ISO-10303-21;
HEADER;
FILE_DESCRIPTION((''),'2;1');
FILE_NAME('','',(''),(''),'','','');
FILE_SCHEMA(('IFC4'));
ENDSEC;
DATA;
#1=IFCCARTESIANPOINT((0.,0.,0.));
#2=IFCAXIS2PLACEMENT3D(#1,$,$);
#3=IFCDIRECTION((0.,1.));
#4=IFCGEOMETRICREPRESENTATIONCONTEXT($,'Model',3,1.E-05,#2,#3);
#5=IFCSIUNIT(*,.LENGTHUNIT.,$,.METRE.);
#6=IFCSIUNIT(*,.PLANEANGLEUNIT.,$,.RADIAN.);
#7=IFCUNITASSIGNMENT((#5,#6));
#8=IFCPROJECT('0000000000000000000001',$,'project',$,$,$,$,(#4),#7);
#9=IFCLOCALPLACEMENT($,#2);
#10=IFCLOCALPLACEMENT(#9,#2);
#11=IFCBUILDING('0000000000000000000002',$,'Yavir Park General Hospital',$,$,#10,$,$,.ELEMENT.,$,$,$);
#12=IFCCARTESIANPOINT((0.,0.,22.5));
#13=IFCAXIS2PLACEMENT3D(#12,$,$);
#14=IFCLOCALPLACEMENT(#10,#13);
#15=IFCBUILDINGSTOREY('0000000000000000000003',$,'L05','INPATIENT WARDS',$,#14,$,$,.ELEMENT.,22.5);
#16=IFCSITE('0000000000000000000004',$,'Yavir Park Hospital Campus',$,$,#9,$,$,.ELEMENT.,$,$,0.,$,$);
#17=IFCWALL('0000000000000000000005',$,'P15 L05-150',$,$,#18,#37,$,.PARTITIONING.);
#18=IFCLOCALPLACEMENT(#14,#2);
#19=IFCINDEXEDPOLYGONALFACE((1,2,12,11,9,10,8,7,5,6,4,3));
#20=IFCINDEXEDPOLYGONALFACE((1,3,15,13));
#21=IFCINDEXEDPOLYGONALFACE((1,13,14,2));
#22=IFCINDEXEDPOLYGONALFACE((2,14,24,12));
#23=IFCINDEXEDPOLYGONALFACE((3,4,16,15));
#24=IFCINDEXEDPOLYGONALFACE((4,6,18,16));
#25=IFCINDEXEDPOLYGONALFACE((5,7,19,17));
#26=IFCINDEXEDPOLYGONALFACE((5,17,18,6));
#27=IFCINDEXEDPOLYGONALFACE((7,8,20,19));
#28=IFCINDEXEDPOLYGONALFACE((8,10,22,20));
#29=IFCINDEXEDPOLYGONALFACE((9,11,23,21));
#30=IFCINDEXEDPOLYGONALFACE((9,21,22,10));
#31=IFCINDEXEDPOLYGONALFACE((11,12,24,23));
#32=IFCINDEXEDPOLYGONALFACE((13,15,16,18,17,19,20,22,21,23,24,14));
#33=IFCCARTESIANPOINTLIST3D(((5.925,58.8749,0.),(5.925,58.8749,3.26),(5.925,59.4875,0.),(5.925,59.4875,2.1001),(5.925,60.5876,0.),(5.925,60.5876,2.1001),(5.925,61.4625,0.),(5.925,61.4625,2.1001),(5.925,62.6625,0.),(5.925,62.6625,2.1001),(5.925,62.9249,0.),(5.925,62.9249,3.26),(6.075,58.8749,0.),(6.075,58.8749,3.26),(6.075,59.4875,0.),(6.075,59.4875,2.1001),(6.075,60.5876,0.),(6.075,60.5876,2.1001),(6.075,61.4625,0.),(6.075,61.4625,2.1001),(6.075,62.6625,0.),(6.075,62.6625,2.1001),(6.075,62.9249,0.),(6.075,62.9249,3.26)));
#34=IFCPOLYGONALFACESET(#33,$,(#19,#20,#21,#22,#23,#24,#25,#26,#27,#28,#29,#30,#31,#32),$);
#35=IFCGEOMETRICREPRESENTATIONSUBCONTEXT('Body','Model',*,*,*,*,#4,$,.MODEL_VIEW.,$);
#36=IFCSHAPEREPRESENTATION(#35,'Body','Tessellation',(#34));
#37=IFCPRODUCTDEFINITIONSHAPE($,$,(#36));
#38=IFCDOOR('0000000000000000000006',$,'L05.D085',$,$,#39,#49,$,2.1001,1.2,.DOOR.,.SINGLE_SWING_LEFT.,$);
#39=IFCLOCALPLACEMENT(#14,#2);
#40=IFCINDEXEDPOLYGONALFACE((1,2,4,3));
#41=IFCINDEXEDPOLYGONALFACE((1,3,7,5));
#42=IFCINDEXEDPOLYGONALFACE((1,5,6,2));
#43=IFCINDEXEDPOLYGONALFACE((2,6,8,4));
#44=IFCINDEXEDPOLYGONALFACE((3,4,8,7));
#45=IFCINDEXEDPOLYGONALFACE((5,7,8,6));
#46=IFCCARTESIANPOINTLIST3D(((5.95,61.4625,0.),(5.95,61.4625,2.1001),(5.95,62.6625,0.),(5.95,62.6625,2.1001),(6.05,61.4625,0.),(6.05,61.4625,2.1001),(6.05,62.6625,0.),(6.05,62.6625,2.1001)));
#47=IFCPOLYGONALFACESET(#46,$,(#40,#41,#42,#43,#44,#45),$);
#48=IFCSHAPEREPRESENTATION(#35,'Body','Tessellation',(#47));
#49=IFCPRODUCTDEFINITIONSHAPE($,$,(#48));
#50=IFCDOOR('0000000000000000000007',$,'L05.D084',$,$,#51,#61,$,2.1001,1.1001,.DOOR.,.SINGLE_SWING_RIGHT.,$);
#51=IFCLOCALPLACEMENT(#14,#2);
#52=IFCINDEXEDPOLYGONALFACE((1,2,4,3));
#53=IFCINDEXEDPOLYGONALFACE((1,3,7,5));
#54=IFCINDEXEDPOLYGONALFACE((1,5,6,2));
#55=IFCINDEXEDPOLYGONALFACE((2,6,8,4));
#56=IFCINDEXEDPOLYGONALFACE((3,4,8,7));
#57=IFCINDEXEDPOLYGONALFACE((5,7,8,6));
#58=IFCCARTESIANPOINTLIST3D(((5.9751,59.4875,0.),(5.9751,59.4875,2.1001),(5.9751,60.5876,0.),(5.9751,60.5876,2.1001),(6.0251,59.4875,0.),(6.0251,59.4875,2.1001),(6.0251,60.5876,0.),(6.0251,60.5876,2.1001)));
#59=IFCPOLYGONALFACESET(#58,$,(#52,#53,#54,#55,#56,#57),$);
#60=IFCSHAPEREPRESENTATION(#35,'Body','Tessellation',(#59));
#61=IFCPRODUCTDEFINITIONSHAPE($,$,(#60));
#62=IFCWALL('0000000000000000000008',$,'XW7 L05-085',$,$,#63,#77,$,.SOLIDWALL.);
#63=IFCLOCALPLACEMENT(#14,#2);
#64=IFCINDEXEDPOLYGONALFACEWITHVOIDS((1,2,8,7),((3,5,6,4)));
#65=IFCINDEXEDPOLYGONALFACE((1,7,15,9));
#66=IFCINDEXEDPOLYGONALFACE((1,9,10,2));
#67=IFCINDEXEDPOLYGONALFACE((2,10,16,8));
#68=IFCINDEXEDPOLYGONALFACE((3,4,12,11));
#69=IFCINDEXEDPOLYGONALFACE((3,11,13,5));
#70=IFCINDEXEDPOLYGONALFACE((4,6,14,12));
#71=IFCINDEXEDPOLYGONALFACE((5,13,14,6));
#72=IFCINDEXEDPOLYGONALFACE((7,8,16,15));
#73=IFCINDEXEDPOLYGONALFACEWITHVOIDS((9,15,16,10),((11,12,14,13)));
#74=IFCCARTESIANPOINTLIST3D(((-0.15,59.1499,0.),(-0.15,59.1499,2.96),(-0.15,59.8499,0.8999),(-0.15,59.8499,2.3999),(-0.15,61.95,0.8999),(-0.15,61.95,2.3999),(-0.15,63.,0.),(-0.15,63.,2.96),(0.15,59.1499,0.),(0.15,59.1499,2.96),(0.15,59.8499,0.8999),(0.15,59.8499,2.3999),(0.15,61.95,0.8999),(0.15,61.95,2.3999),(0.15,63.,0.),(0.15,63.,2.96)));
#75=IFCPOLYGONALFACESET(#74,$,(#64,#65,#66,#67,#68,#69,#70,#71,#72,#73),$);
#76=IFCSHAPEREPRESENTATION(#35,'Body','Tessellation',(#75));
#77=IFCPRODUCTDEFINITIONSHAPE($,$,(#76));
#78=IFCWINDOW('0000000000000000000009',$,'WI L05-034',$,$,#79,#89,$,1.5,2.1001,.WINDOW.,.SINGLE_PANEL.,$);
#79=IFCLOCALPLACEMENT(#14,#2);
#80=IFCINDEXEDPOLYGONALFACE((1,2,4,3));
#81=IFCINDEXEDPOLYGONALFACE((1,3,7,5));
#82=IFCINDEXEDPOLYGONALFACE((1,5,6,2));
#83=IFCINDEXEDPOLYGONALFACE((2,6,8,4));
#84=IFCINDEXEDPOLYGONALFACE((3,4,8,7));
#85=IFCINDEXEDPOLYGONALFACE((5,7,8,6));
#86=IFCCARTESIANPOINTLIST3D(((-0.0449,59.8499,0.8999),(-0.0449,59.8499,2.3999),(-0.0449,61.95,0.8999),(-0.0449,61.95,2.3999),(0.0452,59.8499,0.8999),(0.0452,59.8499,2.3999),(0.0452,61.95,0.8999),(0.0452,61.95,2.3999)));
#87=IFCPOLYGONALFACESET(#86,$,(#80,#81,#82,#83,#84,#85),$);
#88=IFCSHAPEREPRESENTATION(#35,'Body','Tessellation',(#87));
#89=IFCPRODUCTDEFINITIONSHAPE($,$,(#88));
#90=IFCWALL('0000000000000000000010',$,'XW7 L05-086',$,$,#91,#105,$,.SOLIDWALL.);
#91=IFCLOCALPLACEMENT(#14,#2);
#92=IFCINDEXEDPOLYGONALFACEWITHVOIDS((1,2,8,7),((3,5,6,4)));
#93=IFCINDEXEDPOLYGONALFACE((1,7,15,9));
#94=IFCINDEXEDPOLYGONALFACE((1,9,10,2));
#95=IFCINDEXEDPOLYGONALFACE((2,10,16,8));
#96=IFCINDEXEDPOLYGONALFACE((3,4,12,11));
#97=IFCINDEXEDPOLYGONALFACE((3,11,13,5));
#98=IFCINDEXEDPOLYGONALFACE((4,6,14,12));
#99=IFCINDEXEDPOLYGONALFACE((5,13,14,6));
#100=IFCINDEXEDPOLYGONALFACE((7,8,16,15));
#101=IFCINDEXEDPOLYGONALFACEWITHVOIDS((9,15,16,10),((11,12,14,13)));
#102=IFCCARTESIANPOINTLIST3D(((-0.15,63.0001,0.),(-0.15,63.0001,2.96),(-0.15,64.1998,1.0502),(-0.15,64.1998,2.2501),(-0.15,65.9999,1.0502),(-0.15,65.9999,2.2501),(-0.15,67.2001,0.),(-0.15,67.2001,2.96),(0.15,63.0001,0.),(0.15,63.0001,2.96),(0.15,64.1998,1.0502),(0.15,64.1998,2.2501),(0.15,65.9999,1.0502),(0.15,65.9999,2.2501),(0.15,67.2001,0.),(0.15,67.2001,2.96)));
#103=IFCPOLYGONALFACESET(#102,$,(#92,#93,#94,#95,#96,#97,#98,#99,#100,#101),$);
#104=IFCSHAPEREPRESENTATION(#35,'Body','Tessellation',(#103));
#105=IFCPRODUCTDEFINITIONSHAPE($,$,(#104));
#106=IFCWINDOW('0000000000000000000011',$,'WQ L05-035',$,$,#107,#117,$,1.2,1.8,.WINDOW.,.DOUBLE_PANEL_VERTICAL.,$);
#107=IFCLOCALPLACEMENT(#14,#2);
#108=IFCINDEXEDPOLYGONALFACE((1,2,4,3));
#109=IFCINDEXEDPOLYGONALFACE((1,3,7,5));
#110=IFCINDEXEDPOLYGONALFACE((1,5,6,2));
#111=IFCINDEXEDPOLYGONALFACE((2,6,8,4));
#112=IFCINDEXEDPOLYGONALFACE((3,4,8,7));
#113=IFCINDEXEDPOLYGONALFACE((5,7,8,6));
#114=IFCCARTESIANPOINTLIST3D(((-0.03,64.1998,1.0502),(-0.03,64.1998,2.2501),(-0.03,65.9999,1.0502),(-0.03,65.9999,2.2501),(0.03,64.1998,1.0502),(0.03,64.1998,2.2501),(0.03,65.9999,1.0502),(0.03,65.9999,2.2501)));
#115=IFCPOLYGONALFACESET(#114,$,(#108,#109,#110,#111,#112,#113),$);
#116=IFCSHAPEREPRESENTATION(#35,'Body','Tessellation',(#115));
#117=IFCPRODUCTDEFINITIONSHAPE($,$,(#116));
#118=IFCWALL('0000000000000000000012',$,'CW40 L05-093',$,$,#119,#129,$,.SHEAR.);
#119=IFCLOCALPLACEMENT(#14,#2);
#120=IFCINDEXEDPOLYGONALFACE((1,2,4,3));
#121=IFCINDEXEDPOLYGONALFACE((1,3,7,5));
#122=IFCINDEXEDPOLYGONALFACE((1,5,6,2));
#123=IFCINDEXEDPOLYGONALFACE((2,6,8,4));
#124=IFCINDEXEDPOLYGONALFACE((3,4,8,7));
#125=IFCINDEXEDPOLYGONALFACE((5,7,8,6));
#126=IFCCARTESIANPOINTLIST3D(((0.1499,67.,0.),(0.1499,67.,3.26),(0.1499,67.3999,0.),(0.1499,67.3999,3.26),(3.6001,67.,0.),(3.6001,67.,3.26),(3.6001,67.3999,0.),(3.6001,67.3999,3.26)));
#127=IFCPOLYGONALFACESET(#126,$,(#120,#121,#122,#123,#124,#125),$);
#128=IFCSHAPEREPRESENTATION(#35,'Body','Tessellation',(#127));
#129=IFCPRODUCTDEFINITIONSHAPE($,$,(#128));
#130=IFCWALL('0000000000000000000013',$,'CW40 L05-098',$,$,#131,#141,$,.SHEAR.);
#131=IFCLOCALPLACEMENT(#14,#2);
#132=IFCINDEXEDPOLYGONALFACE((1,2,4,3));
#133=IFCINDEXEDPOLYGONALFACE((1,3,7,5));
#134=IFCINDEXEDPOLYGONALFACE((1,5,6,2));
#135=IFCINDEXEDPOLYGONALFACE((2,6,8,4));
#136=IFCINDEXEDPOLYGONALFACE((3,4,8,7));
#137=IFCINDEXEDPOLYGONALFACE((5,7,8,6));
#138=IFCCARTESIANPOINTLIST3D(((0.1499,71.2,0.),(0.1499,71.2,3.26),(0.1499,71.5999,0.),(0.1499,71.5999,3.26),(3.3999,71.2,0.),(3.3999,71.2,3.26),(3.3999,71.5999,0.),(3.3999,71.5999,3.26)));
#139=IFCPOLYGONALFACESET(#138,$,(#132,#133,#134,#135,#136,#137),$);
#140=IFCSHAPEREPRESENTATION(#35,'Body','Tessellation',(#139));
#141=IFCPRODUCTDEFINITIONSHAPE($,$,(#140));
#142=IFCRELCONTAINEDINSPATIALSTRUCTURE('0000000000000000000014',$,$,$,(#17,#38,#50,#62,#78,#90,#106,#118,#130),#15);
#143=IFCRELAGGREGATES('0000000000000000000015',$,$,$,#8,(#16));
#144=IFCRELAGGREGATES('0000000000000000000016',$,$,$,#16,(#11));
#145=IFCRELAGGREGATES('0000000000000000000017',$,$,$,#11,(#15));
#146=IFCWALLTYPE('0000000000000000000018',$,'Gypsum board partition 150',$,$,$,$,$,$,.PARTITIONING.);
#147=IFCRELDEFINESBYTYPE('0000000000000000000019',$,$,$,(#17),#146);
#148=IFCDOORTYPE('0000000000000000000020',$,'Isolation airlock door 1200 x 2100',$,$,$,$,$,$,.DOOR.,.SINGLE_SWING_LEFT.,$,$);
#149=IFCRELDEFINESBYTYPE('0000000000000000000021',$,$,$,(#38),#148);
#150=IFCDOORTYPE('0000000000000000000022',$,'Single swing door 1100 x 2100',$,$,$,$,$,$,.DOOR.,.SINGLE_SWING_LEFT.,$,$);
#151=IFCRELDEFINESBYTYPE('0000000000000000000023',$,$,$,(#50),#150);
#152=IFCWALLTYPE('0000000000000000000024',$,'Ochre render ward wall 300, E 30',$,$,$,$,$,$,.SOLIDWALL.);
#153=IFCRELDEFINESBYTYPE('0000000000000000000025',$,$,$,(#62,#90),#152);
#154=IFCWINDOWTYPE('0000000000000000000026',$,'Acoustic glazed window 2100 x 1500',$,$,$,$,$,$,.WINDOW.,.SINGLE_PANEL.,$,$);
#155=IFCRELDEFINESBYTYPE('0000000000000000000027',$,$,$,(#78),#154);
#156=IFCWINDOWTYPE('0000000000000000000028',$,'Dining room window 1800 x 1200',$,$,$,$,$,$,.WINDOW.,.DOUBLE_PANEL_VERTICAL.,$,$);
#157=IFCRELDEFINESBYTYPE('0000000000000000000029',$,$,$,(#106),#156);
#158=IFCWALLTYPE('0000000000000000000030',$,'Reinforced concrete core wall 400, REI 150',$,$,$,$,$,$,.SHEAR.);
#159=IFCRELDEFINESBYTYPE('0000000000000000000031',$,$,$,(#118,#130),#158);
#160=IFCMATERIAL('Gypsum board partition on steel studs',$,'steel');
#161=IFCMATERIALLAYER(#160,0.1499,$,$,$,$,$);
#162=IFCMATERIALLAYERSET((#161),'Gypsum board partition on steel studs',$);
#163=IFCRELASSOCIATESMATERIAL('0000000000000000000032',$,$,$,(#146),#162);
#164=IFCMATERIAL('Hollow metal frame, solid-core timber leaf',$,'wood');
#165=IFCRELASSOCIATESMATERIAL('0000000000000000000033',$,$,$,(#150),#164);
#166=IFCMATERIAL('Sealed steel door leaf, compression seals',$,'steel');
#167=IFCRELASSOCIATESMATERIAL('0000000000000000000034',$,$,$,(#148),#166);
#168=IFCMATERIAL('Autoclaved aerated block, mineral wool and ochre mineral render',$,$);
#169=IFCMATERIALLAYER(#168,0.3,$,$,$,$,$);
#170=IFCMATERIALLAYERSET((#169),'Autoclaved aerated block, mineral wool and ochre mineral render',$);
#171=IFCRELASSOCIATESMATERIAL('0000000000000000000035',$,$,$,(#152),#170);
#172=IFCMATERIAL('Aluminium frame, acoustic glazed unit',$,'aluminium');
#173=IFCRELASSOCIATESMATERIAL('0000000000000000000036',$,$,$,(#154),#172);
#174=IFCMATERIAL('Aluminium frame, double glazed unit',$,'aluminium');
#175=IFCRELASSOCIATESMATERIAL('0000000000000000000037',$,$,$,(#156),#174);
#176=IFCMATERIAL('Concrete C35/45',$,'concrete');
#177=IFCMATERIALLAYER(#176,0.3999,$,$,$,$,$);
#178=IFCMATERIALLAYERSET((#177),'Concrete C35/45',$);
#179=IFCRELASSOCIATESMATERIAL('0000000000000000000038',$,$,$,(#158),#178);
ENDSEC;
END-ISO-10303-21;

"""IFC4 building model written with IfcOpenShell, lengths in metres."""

from ifc_helpers import new_model, si_unit, direction, frame, frame_2d, origin, place, context, subcontext, project, spatial, rectangle, extrude, material, layer, layer_set, type_object, element, fill, save


model = new_model("IFC4")

# Units and contexts
model_context = context("Model", 3, precision=1e-05, world=origin(), true_north=direction((0.0, 1.0)))
body_context = subcontext(model_context, "Body", "Model", "MODEL_VIEW")
ifc_project = project(units=[si_unit("LENGTHUNIT", "METRE"), si_unit("PLANEANGLEUNIT", "RADIAN")], contexts=[model_context])

# Site, building, storey
site_placement = place(None, origin())
site = spatial("IfcSite", under=ifc_project, at=site_placement, Name="Yavir Park Hospital Campus", CompositionType="ELEMENT", RefElevation=0.0)
building_placement = place(site_placement, origin())
building = spatial("IfcBuilding", under=site, at=building_placement, Name="Yavir Park General Hospital", CompositionType="ELEMENT")
storey_placement = place(building_placement, frame((0.0, 0.0, 22.5)))
storey = spatial("IfcBuildingStorey", under=building, at=storey_placement, Name="L05", Description="INPATIENT WARDS", CompositionType="ELEMENT", Elevation=22.5)

# Shared definitions
ifc_material_1 = material(Name="Gypsum board partition on steel studs", Category="steel")
ifc_layer_1 = layer(ifc_material_1, 0.1499)
ifc_layer_set_1 = layer_set([ifc_layer_1], Name="Gypsum board partition on steel studs")
wall_type_1 = type_object("IfcWallType", Name="Gypsum board partition 150", PredefinedType="PARTITIONING", material=ifc_layer_set_1)

# Shared definitions
ifc_material_2 = material(Name="Hollow metal frame, solid-core timber leaf", Category="wood")
door_type_1 = type_object("IfcDoorType", Name="Single swing door 1100 x 2100", OperationType="SINGLE_SWING_LEFT", PredefinedType="DOOR", material=ifc_material_2)

# Wall, openings, doors
wall_1_placement = place(storey_placement, frame((6.0, 58.875, 0.0), z_axis=(0.0, 0.0, 1.0), x_axis=(0.0, 1.0, 0.0)))
wall_1 = element("IfcWall", 1, at=wall_1_placement, inside=storey, type_object=wall_type_1, Name="P15 L05-150", PredefinedType="PARTITIONING", context=body_context, shape_type="SweptSolid", body=[
    extrude(rectangle(XDim=4.05, YDim=0.1499, at=frame_2d((2.0249, 0.0))), origin(), (0.0, 0.0, 1.0), 3.26),
])
opening_1_placement = place(wall_1_placement, frame((0.6125, 0.0, 0.0)))
opening_1 = element("IfcOpeningElement", 2, at=opening_1_placement, cuts=wall_1, PredefinedType="OPENING", context=body_context, shape_type="SweptSolid", body=[
    extrude(rectangle(XDim=1.1001, YDim=2.1001, at=frame_2d((0.55, 1.05))), frame((0.0, 0.085, 0.0), z_axis=(0.0, -1.0, 0.0), x_axis=(1.0, 0.0, 0.0)), (0.0, 0.0, 1.0), 0.1699),
])
opening_2_placement = place(wall_1_placement, frame((2.5874, 0.0, 0.0)))
opening_2 = element("IfcOpeningElement", 3, at=opening_2_placement, cuts=wall_1, PredefinedType="OPENING", context=body_context, shape_type="SweptSolid", body=[
    extrude(rectangle(XDim=1.2, YDim=2.1001, at=frame_2d((0.6001, 1.05))), frame((0.0, 0.085, 0.0), z_axis=(0.0, -1.0, 0.0), x_axis=(1.0, 0.0, 0.0)), (0.0, 0.0, 1.0), 0.1699),
])
ifc_material_3 = material(Name="Sealed steel door leaf, compression seals", Category="steel")
door_type_2 = type_object("IfcDoorType", Name="Isolation airlock door 1200 x 2100", OperationType="SINGLE_SWING_LEFT", PredefinedType="DOOR", material=ifc_material_3)
door_1_placement = place(opening_2_placement, origin())
door_1 = element("IfcDoor", 4, at=door_1_placement, inside=storey, type_object=door_type_2, Name="L05.D085", OperationType="SINGLE_SWING_LEFT", OverallHeight=2.1001, OverallWidth=1.2, PredefinedType="DOOR", context=body_context, shape_type="SweptSolid", body=[
    extrude(rectangle(XDim=1.2, YDim=2.1001, at=frame_2d((0.6001, 1.05))), frame((0.0, 0.05, 0.0), z_axis=(0.0, -1.0, 0.0), x_axis=(1.0, 0.0, 0.0)), (0.0, 0.0, 1.0), 0.1001),
])
fill(opening_2, door_1)
door_2_placement = place(opening_1_placement, origin())
door_2 = element("IfcDoor", 5, at=door_2_placement, inside=storey, type_object=door_type_1, Name="L05.D084", OperationType="SINGLE_SWING_RIGHT", OverallHeight=2.1001, OverallWidth=1.1001, PredefinedType="DOOR", context=body_context, shape_type="SweptSolid", body=[
    extrude(rectangle(XDim=1.1001, YDim=2.1001, at=frame_2d((0.55, 1.05))), frame((0.0, 0.0249, 0.0), z_axis=(0.0, -1.0, 0.0), x_axis=(1.0, 0.0, 0.0)), (0.0, 0.0, 1.0), 0.05),
])
fill(opening_1, door_2)

# Walls, openings, windows
ifc_material_4 = material(Name="Autoclaved aerated block, mineral wool and ochre mineral render")
ifc_layer_2 = layer(ifc_material_4, 0.3)
ifc_layer_set_2 = layer_set([ifc_layer_2], Name="Autoclaved aerated block, mineral wool and ochre mineral render")
wall_type_2 = type_object("IfcWallType", Name="Ochre render ward wall 300, E 30", PredefinedType="SOLIDWALL", material=ifc_layer_set_2)
wall_2_placement = place(storey_placement, frame((0.0, 59.1499, 0.0), z_axis=(0.0, 0.0, 1.0), x_axis=(0.0, 1.0, 0.0)))
wall_2 = element("IfcWall", 6, at=wall_2_placement, inside=storey, type_object=wall_type_2, Name="XW7 L05-085", PredefinedType="SOLIDWALL", context=body_context, shape_type="SweptSolid", body=[
    extrude(rectangle(XDim=3.8501, YDim=0.3, at=frame_2d((1.925, 0.0))), origin(), (0.0, 0.0, 1.0), 2.96),
])
opening_3_placement = place(wall_2_placement, frame((0.7, 0.0, 0.8999)))
opening_3 = element("IfcOpeningElement", 7, at=opening_3_placement, cuts=wall_2, PredefinedType="OPENING", context=body_context, shape_type="SweptSolid", body=[
    extrude(rectangle(XDim=2.1001, YDim=1.5, at=frame_2d((1.05, 0.75))), frame((0.0, 0.1599, 0.0), z_axis=(0.0, -1.0, 0.0), x_axis=(1.0, 0.0, 0.0)), (0.0, 0.0, 1.0), 0.3201),
])
ifc_material_5 = material(Name="Aluminium frame, acoustic glazed unit", Category="aluminium")
window_type_1 = type_object("IfcWindowType", Name="Acoustic glazed window 2100 x 1500", PartitioningType="SINGLE_PANEL", PredefinedType="WINDOW", material=ifc_material_5)
window_1_placement = place(opening_3_placement, origin())
window_1 = element("IfcWindow", 8, at=window_1_placement, inside=storey, type_object=window_type_1, Name="WI L05-034", OverallHeight=1.5, OverallWidth=2.1001, PartitioningType="SINGLE_PANEL", PredefinedType="WINDOW", context=body_context, shape_type="SweptSolid", body=[
    extrude(rectangle(XDim=2.1001, YDim=1.5, at=frame_2d((1.05, 0.75))), frame((0.0, 0.0449, 0.0), z_axis=(0.0, -1.0, 0.0), x_axis=(1.0, 0.0, 0.0)), (0.0, 0.0, 1.0), 0.0901),
])
fill(opening_3, window_1)
wall_3_placement = place(storey_placement, frame((0.0, 63.0, 0.0), z_axis=(0.0, 0.0, 1.0), x_axis=(0.0, 1.0, 0.0)))
wall_3 = element("IfcWall", 9, at=wall_3_placement, inside=storey, type_object=wall_type_2, Name="XW7 L05-086", PredefinedType="SOLIDWALL", context=body_context, shape_type="SweptSolid", body=[
    extrude(rectangle(XDim=4.2, YDim=0.3, at=frame_2d((2.1001, 0.0))), origin(), (0.0, 0.0, 1.0), 2.96),
])
opening_4_placement = place(wall_3_placement, frame((1.2, 0.0, 1.05)))
opening_4 = element("IfcOpeningElement", 10, at=opening_4_placement, cuts=wall_3, PredefinedType="OPENING", context=body_context, shape_type="SweptSolid", body=[
    extrude(rectangle(XDim=1.8, YDim=1.2, at=frame_2d((0.8999, 0.6001))), frame((0.0, 0.1599, 0.0), z_axis=(0.0, -1.0, 0.0), x_axis=(1.0, 0.0, 0.0)), (0.0, 0.0, 1.0), 0.3201),
])
ifc_material_6 = material(Name="Aluminium frame, double glazed unit", Category="aluminium")
window_type_2 = type_object("IfcWindowType", Name="Dining room window 1800 x 1200", PartitioningType="DOUBLE_PANEL_VERTICAL", PredefinedType="WINDOW", material=ifc_material_6)
window_2_placement = place(opening_4_placement, origin())
window_2 = element("IfcWindow", 11, at=window_2_placement, inside=storey, type_object=window_type_2, Name="WQ L05-035", OverallHeight=1.2, OverallWidth=1.8, PartitioningType="DOUBLE_PANEL_VERTICAL", PredefinedType="WINDOW", context=body_context, shape_type="SweptSolid", body=[
    extrude(rectangle(XDim=1.8, YDim=1.2, at=frame_2d((0.8999, 0.6001))), frame((0.0, 0.03, 0.0), z_axis=(0.0, -1.0, 0.0), x_axis=(1.0, 0.0, 0.0)), (0.0, 0.0, 1.0), 0.0601),
])
fill(opening_4, window_2)

# Walls
ifc_material_7 = material(Name="Concrete C35/45", Category="concrete")
ifc_layer_3 = layer(ifc_material_7, 0.3999)
ifc_layer_set_3 = layer_set([ifc_layer_3], Name="Concrete C35/45")
wall_type_3 = type_object("IfcWallType", Name="Reinforced concrete core wall 400, REI 150", PredefinedType="SHEAR", material=ifc_layer_set_3)
wall_4_placement = place(storey_placement, frame((0.1499, 67.2, 0.0), z_axis=(0.0, 0.0, 1.0), x_axis=(1.0, 0.0, 0.0)))
element("IfcWall", 12, at=wall_4_placement, inside=storey, type_object=wall_type_3, Name="CW40 L05-093", PredefinedType="SHEAR", context=body_context, shape_type="SweptSolid", body=[
    extrude(rectangle(XDim=3.4502, YDim=0.3999, at=frame_2d((1.7251, 0.0))), origin(), (0.0, 0.0, 1.0), 3.26),
])
wall_5_placement = place(storey_placement, frame((0.1499, 71.3999, 0.0), z_axis=(0.0, 0.0, 1.0), x_axis=(1.0, 0.0, 0.0)))
element("IfcWall", 13, at=wall_5_placement, inside=storey, type_object=wall_type_3, Name="CW40 L05-098", PredefinedType="SHEAR", context=body_context, shape_type="SweptSolid", body=[
    extrude(rectangle(XDim=3.25, YDim=0.3999, at=frame_2d((1.625, 0.0))), origin(), (0.0, 0.0, 1.0), 3.26),
])

save(model, "model.ifc")
